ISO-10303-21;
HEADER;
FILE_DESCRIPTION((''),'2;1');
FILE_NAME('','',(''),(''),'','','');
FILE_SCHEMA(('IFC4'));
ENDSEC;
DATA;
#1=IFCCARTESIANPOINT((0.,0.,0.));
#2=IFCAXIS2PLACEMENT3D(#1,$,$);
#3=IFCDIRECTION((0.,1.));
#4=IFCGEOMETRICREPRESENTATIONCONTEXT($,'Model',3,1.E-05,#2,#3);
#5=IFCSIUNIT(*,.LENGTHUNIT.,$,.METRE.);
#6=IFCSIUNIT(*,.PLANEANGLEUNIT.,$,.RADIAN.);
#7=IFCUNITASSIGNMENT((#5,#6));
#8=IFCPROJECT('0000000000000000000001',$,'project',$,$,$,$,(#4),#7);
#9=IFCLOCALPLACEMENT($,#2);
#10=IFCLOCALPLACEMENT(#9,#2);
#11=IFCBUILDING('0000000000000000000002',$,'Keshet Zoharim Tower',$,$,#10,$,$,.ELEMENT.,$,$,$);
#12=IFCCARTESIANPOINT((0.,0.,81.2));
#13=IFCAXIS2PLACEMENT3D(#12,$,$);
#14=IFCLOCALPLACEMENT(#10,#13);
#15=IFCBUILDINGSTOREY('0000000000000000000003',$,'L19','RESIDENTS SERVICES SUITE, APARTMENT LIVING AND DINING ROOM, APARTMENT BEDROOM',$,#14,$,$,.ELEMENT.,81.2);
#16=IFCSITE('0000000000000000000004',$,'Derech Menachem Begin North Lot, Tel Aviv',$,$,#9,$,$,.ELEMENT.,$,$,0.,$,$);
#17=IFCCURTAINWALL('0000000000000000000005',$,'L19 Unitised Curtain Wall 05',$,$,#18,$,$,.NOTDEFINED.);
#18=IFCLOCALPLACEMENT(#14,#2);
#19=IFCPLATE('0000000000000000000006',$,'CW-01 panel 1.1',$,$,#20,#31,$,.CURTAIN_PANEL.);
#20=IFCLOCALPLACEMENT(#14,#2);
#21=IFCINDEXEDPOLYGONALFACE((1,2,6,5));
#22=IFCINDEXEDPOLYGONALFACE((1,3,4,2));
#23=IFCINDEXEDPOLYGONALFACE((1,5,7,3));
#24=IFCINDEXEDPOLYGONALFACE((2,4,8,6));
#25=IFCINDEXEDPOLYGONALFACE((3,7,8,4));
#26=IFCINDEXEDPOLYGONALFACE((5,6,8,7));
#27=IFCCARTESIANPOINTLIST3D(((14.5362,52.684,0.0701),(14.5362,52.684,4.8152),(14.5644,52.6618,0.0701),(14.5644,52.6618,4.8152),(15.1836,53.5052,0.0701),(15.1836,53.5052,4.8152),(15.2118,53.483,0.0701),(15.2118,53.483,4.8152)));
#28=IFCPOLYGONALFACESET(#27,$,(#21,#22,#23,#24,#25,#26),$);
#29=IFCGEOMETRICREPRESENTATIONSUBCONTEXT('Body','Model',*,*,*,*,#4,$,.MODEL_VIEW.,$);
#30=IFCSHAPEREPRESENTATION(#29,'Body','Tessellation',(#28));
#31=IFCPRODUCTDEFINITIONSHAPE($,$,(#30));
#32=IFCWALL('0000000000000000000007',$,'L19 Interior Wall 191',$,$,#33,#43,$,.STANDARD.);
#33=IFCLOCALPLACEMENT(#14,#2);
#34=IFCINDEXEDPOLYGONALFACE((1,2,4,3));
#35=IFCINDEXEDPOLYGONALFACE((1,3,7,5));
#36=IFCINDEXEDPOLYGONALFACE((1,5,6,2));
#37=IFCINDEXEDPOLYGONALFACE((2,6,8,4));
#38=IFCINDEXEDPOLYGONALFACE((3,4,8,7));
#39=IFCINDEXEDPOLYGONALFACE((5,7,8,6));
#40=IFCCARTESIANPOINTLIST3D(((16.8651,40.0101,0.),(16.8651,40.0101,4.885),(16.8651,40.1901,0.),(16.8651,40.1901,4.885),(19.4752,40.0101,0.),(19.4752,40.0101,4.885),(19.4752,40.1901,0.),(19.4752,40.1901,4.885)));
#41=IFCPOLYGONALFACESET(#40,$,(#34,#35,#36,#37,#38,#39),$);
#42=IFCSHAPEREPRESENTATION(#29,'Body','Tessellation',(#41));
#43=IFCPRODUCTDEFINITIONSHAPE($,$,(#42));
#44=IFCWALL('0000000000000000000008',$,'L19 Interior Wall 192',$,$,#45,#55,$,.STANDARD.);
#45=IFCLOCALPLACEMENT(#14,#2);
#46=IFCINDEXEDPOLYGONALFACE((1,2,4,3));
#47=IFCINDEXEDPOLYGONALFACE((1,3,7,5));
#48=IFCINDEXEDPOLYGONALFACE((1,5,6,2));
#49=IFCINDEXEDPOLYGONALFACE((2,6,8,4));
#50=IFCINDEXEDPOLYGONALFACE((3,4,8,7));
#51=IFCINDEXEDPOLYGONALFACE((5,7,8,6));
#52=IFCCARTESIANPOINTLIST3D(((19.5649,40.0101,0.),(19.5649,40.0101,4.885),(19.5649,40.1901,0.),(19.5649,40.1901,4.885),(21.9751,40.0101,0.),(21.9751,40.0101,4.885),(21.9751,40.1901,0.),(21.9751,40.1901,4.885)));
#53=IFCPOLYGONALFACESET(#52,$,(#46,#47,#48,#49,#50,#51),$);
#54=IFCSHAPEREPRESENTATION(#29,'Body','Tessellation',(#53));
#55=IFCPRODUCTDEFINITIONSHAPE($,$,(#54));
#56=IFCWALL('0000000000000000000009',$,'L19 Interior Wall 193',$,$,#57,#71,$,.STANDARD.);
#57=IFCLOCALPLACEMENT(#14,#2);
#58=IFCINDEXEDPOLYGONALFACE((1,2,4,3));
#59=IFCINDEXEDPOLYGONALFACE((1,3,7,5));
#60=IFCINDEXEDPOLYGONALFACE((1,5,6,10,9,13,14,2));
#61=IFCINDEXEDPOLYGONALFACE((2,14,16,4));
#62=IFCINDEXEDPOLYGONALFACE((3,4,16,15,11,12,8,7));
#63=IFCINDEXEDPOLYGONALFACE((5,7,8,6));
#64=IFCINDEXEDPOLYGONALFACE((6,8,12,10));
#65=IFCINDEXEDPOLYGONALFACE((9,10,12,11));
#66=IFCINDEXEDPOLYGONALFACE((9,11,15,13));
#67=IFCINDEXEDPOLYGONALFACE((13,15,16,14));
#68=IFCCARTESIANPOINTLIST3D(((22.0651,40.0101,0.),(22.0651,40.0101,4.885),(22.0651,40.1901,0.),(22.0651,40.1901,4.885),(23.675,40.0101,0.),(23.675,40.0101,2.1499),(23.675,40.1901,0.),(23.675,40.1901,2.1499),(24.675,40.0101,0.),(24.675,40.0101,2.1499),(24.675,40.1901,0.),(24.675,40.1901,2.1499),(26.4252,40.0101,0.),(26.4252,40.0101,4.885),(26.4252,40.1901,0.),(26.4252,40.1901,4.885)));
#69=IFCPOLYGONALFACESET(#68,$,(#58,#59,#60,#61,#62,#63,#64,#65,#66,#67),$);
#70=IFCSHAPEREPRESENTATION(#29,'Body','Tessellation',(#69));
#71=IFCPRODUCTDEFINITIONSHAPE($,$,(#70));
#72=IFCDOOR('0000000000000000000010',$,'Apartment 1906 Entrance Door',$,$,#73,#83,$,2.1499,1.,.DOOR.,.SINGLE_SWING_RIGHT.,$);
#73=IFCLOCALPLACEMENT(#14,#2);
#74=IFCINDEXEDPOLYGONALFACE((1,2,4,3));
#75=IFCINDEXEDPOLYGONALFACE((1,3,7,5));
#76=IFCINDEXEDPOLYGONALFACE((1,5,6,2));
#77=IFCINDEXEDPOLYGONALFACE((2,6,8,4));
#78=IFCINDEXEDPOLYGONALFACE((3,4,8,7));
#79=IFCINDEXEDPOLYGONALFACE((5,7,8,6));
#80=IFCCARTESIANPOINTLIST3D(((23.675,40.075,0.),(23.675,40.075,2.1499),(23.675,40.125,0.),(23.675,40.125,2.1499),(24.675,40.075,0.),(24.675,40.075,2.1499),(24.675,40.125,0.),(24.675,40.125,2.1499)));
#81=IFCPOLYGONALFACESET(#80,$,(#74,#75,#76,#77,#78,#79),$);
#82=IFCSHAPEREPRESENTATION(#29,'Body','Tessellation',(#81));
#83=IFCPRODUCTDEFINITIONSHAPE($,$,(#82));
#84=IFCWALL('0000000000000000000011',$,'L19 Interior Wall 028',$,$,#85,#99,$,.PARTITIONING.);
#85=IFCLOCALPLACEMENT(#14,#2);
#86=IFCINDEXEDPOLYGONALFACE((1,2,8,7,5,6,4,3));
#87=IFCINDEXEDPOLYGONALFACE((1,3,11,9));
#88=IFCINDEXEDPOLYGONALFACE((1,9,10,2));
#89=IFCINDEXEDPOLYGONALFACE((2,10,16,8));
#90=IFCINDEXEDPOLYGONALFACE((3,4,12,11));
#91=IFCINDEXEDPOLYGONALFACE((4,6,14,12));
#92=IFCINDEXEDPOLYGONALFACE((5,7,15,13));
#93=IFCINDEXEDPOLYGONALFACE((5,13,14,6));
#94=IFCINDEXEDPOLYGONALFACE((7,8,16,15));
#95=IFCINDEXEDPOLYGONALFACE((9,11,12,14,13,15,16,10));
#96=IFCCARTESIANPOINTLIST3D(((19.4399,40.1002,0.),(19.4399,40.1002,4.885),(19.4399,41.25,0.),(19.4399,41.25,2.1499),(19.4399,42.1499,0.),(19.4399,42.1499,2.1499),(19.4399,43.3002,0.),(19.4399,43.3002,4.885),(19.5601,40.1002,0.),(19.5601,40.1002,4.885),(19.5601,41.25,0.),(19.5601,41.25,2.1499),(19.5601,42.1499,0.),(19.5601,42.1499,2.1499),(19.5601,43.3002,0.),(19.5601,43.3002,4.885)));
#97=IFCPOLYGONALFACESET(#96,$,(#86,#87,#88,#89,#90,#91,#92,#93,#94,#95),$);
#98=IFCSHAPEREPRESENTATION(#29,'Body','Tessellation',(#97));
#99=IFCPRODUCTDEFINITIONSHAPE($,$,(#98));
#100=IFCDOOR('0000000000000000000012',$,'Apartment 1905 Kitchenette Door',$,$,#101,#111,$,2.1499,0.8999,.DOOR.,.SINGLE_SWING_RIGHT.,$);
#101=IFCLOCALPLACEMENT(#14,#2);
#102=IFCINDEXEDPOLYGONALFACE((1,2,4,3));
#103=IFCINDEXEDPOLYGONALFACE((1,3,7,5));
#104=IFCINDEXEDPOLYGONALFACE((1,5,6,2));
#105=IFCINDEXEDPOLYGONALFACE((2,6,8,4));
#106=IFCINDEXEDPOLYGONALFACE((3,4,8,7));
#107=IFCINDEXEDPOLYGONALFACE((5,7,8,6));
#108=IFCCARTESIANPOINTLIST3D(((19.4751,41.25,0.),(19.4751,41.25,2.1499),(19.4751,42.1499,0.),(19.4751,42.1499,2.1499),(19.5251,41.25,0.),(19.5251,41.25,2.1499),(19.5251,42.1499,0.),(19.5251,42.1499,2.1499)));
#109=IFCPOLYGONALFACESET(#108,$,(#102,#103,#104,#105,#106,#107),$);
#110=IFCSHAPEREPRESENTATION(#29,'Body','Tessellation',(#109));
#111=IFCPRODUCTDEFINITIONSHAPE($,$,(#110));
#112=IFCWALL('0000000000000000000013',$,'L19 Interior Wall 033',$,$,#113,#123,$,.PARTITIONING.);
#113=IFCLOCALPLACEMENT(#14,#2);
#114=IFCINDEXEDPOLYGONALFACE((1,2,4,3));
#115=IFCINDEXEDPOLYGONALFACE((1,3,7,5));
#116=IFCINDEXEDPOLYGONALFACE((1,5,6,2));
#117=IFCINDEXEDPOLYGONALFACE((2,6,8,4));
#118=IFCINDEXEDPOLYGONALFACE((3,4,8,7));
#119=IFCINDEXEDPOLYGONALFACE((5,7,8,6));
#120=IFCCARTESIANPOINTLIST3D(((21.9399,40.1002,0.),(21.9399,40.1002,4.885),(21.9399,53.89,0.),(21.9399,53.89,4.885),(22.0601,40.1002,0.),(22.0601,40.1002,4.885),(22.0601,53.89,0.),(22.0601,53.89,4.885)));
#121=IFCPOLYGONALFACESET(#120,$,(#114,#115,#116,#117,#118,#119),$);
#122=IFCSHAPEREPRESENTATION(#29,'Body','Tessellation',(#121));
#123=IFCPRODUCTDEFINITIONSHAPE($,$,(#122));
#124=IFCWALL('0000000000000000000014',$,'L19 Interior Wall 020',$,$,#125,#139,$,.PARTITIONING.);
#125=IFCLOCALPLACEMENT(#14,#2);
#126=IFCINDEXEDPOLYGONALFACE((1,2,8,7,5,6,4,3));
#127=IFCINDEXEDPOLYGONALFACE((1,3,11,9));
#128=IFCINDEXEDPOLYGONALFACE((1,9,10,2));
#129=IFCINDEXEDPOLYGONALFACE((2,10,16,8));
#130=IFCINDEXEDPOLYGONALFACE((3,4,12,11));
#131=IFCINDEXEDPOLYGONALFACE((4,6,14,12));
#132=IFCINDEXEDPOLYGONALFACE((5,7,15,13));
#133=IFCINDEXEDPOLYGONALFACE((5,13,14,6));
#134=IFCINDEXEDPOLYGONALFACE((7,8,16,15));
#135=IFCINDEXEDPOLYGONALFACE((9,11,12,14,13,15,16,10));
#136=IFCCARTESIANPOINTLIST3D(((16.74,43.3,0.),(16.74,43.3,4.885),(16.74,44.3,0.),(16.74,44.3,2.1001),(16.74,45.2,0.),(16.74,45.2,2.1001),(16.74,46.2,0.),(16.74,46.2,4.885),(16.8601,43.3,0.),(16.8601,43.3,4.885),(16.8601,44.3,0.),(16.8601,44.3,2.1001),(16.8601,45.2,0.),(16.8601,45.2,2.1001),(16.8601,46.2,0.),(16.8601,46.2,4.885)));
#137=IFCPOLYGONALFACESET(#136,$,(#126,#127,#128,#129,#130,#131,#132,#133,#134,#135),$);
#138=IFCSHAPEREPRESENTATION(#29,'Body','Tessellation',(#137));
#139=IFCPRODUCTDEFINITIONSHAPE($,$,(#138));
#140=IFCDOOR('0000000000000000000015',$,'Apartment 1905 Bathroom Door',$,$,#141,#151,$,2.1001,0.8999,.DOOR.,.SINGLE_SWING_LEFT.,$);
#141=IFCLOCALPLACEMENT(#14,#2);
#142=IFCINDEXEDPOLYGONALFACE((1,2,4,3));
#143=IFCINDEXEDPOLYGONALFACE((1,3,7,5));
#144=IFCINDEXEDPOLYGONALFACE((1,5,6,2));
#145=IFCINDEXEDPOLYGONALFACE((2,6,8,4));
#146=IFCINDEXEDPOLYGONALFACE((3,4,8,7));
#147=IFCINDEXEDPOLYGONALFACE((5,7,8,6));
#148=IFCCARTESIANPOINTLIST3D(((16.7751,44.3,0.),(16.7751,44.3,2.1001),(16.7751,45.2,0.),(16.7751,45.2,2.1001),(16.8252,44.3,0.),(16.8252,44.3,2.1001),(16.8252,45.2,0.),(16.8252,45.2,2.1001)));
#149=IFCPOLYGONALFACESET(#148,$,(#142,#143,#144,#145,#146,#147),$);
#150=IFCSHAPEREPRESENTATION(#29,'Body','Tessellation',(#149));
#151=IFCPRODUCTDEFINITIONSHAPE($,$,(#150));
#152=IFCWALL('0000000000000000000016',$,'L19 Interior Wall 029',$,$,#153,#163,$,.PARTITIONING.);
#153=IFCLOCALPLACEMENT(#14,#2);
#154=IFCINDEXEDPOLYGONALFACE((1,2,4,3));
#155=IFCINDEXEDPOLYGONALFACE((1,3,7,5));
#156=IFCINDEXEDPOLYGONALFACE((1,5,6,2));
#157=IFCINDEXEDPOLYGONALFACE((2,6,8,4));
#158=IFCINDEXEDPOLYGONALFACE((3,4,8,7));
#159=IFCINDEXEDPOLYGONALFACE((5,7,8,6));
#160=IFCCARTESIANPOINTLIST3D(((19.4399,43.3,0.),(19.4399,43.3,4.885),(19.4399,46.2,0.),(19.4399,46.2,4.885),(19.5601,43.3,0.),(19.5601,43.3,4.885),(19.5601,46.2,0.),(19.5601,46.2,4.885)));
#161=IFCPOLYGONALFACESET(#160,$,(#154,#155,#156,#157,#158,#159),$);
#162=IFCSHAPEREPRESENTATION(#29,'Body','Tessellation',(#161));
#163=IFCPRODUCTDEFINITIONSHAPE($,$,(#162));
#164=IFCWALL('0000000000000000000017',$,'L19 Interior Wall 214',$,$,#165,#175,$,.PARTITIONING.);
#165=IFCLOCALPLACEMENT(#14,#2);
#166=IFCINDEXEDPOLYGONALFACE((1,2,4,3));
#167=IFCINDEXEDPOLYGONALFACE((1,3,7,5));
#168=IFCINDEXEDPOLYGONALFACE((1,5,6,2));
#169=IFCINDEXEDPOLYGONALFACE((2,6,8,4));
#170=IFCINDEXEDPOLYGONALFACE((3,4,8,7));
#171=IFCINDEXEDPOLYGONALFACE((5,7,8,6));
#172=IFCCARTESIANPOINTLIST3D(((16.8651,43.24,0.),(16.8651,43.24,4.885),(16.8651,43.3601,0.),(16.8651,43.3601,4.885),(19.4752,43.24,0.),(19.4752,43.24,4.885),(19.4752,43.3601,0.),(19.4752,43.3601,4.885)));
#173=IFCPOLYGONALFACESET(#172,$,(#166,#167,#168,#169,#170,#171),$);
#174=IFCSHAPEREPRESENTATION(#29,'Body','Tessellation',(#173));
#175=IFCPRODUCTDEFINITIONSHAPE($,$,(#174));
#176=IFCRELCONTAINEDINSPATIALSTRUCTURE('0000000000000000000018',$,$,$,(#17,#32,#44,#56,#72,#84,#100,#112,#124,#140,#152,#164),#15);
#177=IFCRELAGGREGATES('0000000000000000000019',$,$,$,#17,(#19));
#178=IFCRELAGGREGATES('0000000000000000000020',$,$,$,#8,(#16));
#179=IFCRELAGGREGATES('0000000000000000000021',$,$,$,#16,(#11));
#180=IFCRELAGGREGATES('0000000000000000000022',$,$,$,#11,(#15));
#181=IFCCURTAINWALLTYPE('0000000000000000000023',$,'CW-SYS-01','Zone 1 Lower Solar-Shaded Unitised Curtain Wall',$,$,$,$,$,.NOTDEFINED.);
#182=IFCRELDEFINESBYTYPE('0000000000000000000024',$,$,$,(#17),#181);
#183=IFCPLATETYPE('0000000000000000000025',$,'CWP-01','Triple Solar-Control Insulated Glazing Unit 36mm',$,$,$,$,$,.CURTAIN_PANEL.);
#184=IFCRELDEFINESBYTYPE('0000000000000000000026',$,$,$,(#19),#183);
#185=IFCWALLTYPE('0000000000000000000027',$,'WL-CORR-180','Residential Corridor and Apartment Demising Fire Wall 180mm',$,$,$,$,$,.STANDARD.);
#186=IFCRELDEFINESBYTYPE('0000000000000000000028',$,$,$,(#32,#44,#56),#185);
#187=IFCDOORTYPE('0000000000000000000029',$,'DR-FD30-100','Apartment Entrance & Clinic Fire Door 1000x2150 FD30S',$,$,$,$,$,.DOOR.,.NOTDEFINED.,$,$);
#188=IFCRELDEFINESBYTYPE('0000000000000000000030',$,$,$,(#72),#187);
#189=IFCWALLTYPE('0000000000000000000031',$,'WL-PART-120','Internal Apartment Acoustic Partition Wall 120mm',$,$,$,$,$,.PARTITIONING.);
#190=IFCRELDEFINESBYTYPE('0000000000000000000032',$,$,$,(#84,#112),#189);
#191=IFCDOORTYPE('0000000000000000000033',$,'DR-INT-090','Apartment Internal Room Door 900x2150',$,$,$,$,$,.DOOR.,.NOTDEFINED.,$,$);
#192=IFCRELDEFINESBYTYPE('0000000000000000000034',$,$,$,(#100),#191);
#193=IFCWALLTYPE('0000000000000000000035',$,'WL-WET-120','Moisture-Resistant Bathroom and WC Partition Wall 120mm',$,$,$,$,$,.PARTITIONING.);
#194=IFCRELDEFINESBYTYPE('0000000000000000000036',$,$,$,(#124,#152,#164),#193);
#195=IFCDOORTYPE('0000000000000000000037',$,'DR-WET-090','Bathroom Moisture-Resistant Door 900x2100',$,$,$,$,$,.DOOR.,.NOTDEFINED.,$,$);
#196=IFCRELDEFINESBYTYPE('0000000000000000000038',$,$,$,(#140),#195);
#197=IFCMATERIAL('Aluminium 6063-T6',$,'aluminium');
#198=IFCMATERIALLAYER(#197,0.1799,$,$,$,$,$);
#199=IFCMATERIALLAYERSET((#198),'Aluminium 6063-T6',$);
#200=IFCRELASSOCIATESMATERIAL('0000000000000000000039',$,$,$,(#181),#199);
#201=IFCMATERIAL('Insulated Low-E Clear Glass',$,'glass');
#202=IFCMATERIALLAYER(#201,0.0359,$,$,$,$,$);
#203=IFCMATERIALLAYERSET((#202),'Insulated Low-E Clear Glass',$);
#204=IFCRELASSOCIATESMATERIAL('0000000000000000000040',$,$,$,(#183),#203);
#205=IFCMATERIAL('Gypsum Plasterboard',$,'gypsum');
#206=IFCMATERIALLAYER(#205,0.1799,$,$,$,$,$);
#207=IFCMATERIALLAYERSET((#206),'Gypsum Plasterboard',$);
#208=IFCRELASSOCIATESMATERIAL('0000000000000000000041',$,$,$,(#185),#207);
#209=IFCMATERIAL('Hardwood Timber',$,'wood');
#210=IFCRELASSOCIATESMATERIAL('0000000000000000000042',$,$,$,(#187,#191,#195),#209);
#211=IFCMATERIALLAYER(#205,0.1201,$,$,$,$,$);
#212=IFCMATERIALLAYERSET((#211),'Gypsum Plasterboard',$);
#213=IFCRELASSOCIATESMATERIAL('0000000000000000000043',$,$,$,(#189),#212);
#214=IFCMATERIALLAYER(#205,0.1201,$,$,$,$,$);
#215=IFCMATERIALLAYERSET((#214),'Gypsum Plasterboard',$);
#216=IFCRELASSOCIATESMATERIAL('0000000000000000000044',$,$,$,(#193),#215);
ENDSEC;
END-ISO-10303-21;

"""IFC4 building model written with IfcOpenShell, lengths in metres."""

from ifc_helpers import new_model, si_unit, direction, frame, frame_2d, origin, origin_2d, place, context, subcontext, project, spatial, rectangle, extrude, material, layer, layer_set, type_object, element, fill, aggregate, save


model = new_model("IFC4")

# Units and contexts
model_context = context("Model", 3, precision=1e-05, world=origin(), true_north=direction((0.0, 1.0)))
body_context = subcontext(model_context, "Body", "Model", "MODEL_VIEW")
ifc_project = project(units=[si_unit("LENGTHUNIT", "METRE"), si_unit("PLANEANGLEUNIT", "RADIAN")], contexts=[model_context])

# Site, building, storey
site_placement = place(None, origin())
site = spatial("IfcSite", under=ifc_project, at=site_placement, Name="Derech Menachem Begin North Lot, Tel Aviv", CompositionType="ELEMENT", RefElevation=0.0)
building_placement = place(site_placement, origin())
building = spatial("IfcBuilding", under=site, at=building_placement, Name="Keshet Zoharim Tower", CompositionType="ELEMENT")
storey_placement = place(building_placement, frame((0.0, 0.0, 81.2)))
storey = spatial("IfcBuildingStorey", under=building, at=storey_placement, Name="L19", Description="RESIDENTS SERVICES SUITE, APARTMENT LIVING AND DINING ROOM, APARTMENT BEDROOM", CompositionType="ELEMENT", Elevation=81.2)

# Curtain wall
ifc_material_1 = material(Name="Aluminium 6063-T6", Category="aluminium")
ifc_layer_1 = layer(ifc_material_1, 0.1799)
ifc_layer_set_1 = layer_set([ifc_layer_1], Name="Aluminium 6063-T6")
curtain_wall_type = type_object("IfcCurtainWallType", Name="CW-SYS-01", Description="Zone 1 Lower Solar-Shaded Unitised Curtain Wall", PredefinedType="NOTDEFINED", material=ifc_layer_set_1)
curtain_wall_1_placement = place(storey_placement, origin())
curtain_wall_1 = element("IfcCurtainWall", 1, at=curtain_wall_1_placement, inside=storey, type_object=curtain_wall_type, Name="L19 Unitised Curtain Wall 05", PredefinedType="NOTDEFINED")

# Plate
ifc_material_2 = material(Name="Insulated Low-E Clear Glass", Category="glass")
ifc_layer_2 = layer(ifc_material_2, 0.0359)
ifc_layer_set_2 = layer_set([ifc_layer_2], Name="Insulated Low-E Clear Glass")
plate_type = type_object("IfcPlateType", Name="CWP-01", Description="Triple Solar-Control Insulated Glazing Unit 36mm", PredefinedType="CURTAIN_PANEL", material=ifc_layer_set_2)
plate_1_placement = place(storey_placement, frame((14.874, 53.0835, 0.0701), z_axis=(0.0, 0.0, 1.0), x_axis=(0.619125, 0.785293, 0.0)))
plate_1 = element("IfcPlate", 2, at=plate_1_placement, type_object=plate_type, Name="CW-01 panel 1.1", PredefinedType="CURTAIN_PANEL", context=body_context, shape_type="SweptSolid", body=[
    extrude(rectangle(XDim=1.0457, YDim=0.0359, at=origin_2d()), origin(), (0.0, 0.0, 1.0), 4.7451),
])
aggregate(curtain_wall_1, [plate_1])

# Walls
ifc_material_3 = material(Name="Gypsum Plasterboard", Category="gypsum")
ifc_layer_3 = layer(ifc_material_3, 0.1799)
ifc_layer_set_3 = layer_set([ifc_layer_3], Name="Gypsum Plasterboard")
wall_type_1 = type_object("IfcWallType", Name="WL-CORR-180", Description="Residential Corridor and Apartment Demising Fire Wall 180mm", PredefinedType="STANDARD", material=ifc_layer_set_3)
wall_1_placement = place(storey_placement, frame((16.865, 40.1001, 0.0), z_axis=(0.0, 0.0, 1.0), x_axis=(1.0, 0.0, 0.0)))
element("IfcWall", 3, at=wall_1_placement, inside=storey, type_object=wall_type_1, Name="L19 Interior Wall 191", PredefinedType="STANDARD", context=body_context, shape_type="SweptSolid", body=[
    extrude(rectangle(XDim=2.6101, YDim=0.1799, at=frame_2d((1.3052, 0.0))), origin(), (0.0, 0.0, 1.0), 4.885),
])
wall_2_placement = place(storey_placement, frame((19.5649, 40.1001, 0.0), z_axis=(0.0, 0.0, 1.0), x_axis=(1.0, 0.0, 0.0)))
element("IfcWall", 4, at=wall_2_placement, inside=storey, type_object=wall_type_1, Name="L19 Interior Wall 192", PredefinedType="STANDARD", context=body_context, shape_type="SweptSolid", body=[
    extrude(rectangle(XDim=2.4102, YDim=0.1799, at=frame_2d((1.2051, 0.0))), origin(), (0.0, 0.0, 1.0), 4.885),
])

# Walls, openings, doors
wall_3_placement = place(storey_placement, frame((22.0649, 40.1001, 0.0), z_axis=(0.0, 0.0, 1.0), x_axis=(1.0, 0.0, 0.0)))
wall_3 = element("IfcWall", 5, at=wall_3_placement, inside=storey, type_object=wall_type_1, Name="L19 Interior Wall 193", PredefinedType="STANDARD", context=body_context, shape_type="SweptSolid", body=[
    extrude(rectangle(XDim=4.3601, YDim=0.1799, at=frame_2d((2.1802, 0.0))), origin(), (0.0, 0.0, 1.0), 4.885),
])
opening_1_placement = place(wall_3_placement, frame((1.6101, 0.0, 0.0)))
opening_1 = element("IfcOpeningElement", 6, at=opening_1_placement, cuts=wall_3, PredefinedType="OPENING", context=body_context, shape_type="SweptSolid", body=[
    extrude(rectangle(XDim=1.0, YDim=2.1499, at=frame_2d((0.5, 1.075))), frame((0.0, 0.1001, 0.0), z_axis=(0.0, -1.0, 0.0), x_axis=(1.0, 0.0, 0.0)), (0.0, 0.0, 1.0), 0.2),
])
ifc_material_4 = material(Name="Hardwood Timber", Category="wood")
door_type_1 = type_object("IfcDoorType", Name="DR-FD30-100", Description="Apartment Entrance & Clinic Fire Door 1000x2150 FD30S", OperationType="NOTDEFINED", PredefinedType="DOOR", material=ifc_material_4)
door_1_placement = place(opening_1_placement, origin())
door_1 = element("IfcDoor", 7, at=door_1_placement, inside=storey, type_object=door_type_1, Name="Apartment 1906 Entrance Door", OperationType="SINGLE_SWING_RIGHT", OverallHeight=2.1499, OverallWidth=1.0, PredefinedType="DOOR", context=body_context, shape_type="SweptSolid", body=[
    extrude(rectangle(XDim=1.0, YDim=2.1499, at=frame_2d((0.5, 1.075))), frame((0.0, 0.0249, 0.0), z_axis=(0.0, -1.0, 0.0), x_axis=(1.0, 0.0, 0.0)), (0.0, 0.0, 1.0), 0.05),
])
fill(opening_1, door_1)
ifc_layer_4 = layer(ifc_material_3, 0.1201)
ifc_layer_set_4 = layer_set([ifc_layer_4], Name="Gypsum Plasterboard")
wall_type_2 = type_object("IfcWallType", Name="WL-PART-120", Description="Internal Apartment Acoustic Partition Wall 120mm", PredefinedType="PARTITIONING", material=ifc_layer_set_4)
wall_4_placement = place(storey_placement, frame((19.5, 40.1001, 0.0), z_axis=(0.0, 0.0, 1.0), x_axis=(0.0, 1.0, 0.0)))
wall_4 = element("IfcWall", 8, at=wall_4_placement, inside=storey, type_object=wall_type_2, Name="L19 Interior Wall 028", PredefinedType="PARTITIONING", context=body_context, shape_type="SweptSolid", body=[
    extrude(rectangle(XDim=3.2, YDim=0.1201, at=frame_2d((1.6001, 0.0))), origin(), (0.0, 0.0, 1.0), 4.885),
])
opening_2_placement = place(wall_4_placement, frame((1.1499, 0.0, 0.0)))
opening_2 = element("IfcOpeningElement", 9, at=opening_2_placement, cuts=wall_4, PredefinedType="OPENING", context=body_context, shape_type="SweptSolid", body=[
    extrude(rectangle(XDim=0.8999, YDim=2.1499, at=frame_2d((0.45, 1.075))), frame((0.0, 0.0701, 0.0), z_axis=(0.0, -1.0, 0.0), x_axis=(1.0, 0.0, 0.0)), (0.0, 0.0, 1.0), 0.1401),
])
door_type_2 = type_object("IfcDoorType", Name="DR-INT-090", Description="Apartment Internal Room Door 900x2150", OperationType="NOTDEFINED", PredefinedType="DOOR", material=ifc_material_4)
door_2_placement = place(opening_2_placement, origin())
door_2 = element("IfcDoor", 10, at=door_2_placement, inside=storey, type_object=door_type_2, Name="Apartment 1905 Kitchenette Door", OperationType="SINGLE_SWING_RIGHT", OverallHeight=2.1499, OverallWidth=0.8999, PredefinedType="DOOR", context=body_context, shape_type="SweptSolid", body=[
    extrude(rectangle(XDim=0.8999, YDim=2.1499, at=frame_2d((0.45, 1.075))), frame((0.0, 0.0249, 0.0), z_axis=(0.0, -1.0, 0.0), x_axis=(1.0, 0.0, 0.0)), (0.0, 0.0, 1.0), 0.05),
])
fill(opening_2, door_2)

# Wall
wall_5_placement = place(storey_placement, frame((22.0, 40.1001, 0.0), z_axis=(0.0, 0.0, 1.0), x_axis=(0.0, 1.0, 0.0)))
element("IfcWall", 11, at=wall_5_placement, inside=storey, type_object=wall_type_2, Name="L19 Interior Wall 033", PredefinedType="PARTITIONING", context=body_context, shape_type="SweptSolid", body=[
    extrude(rectangle(XDim=13.7898, YDim=0.1201, at=frame_2d((6.895, 0.0))), origin(), (0.0, 0.0, 1.0), 4.885),
])

# Wall, opening, door
ifc_layer_5 = layer(ifc_material_3, 0.1201)
ifc_layer_set_5 = layer_set([ifc_layer_5], Name="Gypsum Plasterboard")
wall_type_3 = type_object("IfcWallType", Name="WL-WET-120", Description="Moisture-Resistant Bathroom and WC Partition Wall 120mm", PredefinedType="PARTITIONING", material=ifc_layer_set_5)
wall_6_placement = place(storey_placement, frame((16.8, 43.3, 0.0), z_axis=(0.0, 0.0, 1.0), x_axis=(0.0, 1.0, 0.0)))
wall_6 = element("IfcWall", 12, at=wall_6_placement, inside=storey, type_object=wall_type_3, Name="L19 Interior Wall 020", PredefinedType="PARTITIONING", context=body_context, shape_type="SweptSolid", body=[
    extrude(rectangle(XDim=2.8999, YDim=0.1201, at=frame_2d((1.45, 0.0))), origin(), (0.0, 0.0, 1.0), 4.885),
])
opening_3_placement = place(wall_6_placement, frame((1.0, 0.0, 0.0)))
opening_3 = element("IfcOpeningElement", 13, at=opening_3_placement, cuts=wall_6, PredefinedType="OPENING", context=body_context, shape_type="SweptSolid", body=[
    extrude(rectangle(XDim=0.8999, YDim=2.1001, at=frame_2d((0.45, 1.05))), frame((0.0, 0.0701, 0.0), z_axis=(0.0, -1.0, 0.0), x_axis=(1.0, 0.0, 0.0)), (0.0, 0.0, 1.0), 0.1401),
])
door_type_3 = type_object("IfcDoorType", Name="DR-WET-090", Description="Bathroom Moisture-Resistant Door 900x2100", OperationType="NOTDEFINED", PredefinedType="DOOR", material=ifc_material_4)
door_3_placement = place(opening_3_placement, origin())
door_3 = element("IfcDoor", 14, at=door_3_placement, inside=storey, type_object=door_type_3, Name="Apartment 1905 Bathroom Door", OperationType="SINGLE_SWING_LEFT", OverallHeight=2.1001, OverallWidth=0.8999, PredefinedType="DOOR", context=body_context, shape_type="SweptSolid", body=[
    extrude(rectangle(XDim=0.8999, YDim=2.1001, at=frame_2d((0.45, 1.05))), frame((0.0, 0.0249, 0.0), z_axis=(0.0, -1.0, 0.0), x_axis=(1.0, 0.0, 0.0)), (0.0, 0.0, 1.0), 0.05),
])
fill(opening_3, door_3)

# Walls
wall_7_placement = place(storey_placement, frame((19.5, 43.3, 0.0), z_axis=(0.0, 0.0, 1.0), x_axis=(0.0, 1.0, 0.0)))
element("IfcWall", 15, at=wall_7_placement, inside=storey, type_object=wall_type_3, Name="L19 Interior Wall 029", PredefinedType="PARTITIONING", context=body_context, shape_type="SweptSolid", body=[
    extrude(rectangle(XDim=2.8999, YDim=0.1201, at=frame_2d((1.45, 0.0))), origin(), (0.0, 0.0, 1.0), 4.885),
])
for number, where, z_axis, x_axis, name in (
    (16, (16.865, 43.3, 0.0), (0.0, 0.0, 1.0), (1.0, 0.0, 0.0), "L19 Interior Wall 214"),
):
    element("IfcWall", number, at=place(storey_placement, frame(where, z_axis=z_axis, x_axis=x_axis)), inside=storey, type_object=wall_type_3, Name=name, PredefinedType="PARTITIONING", context=body_context, shape_type="SweptSolid", body=[
        extrude(rectangle(XDim=2.6101, YDim=0.1201, at=frame_2d((1.3052, 0.0))), origin(), (0.0, 0.0, 1.0), 4.885),
    ])

save(model, "model.ifc")
